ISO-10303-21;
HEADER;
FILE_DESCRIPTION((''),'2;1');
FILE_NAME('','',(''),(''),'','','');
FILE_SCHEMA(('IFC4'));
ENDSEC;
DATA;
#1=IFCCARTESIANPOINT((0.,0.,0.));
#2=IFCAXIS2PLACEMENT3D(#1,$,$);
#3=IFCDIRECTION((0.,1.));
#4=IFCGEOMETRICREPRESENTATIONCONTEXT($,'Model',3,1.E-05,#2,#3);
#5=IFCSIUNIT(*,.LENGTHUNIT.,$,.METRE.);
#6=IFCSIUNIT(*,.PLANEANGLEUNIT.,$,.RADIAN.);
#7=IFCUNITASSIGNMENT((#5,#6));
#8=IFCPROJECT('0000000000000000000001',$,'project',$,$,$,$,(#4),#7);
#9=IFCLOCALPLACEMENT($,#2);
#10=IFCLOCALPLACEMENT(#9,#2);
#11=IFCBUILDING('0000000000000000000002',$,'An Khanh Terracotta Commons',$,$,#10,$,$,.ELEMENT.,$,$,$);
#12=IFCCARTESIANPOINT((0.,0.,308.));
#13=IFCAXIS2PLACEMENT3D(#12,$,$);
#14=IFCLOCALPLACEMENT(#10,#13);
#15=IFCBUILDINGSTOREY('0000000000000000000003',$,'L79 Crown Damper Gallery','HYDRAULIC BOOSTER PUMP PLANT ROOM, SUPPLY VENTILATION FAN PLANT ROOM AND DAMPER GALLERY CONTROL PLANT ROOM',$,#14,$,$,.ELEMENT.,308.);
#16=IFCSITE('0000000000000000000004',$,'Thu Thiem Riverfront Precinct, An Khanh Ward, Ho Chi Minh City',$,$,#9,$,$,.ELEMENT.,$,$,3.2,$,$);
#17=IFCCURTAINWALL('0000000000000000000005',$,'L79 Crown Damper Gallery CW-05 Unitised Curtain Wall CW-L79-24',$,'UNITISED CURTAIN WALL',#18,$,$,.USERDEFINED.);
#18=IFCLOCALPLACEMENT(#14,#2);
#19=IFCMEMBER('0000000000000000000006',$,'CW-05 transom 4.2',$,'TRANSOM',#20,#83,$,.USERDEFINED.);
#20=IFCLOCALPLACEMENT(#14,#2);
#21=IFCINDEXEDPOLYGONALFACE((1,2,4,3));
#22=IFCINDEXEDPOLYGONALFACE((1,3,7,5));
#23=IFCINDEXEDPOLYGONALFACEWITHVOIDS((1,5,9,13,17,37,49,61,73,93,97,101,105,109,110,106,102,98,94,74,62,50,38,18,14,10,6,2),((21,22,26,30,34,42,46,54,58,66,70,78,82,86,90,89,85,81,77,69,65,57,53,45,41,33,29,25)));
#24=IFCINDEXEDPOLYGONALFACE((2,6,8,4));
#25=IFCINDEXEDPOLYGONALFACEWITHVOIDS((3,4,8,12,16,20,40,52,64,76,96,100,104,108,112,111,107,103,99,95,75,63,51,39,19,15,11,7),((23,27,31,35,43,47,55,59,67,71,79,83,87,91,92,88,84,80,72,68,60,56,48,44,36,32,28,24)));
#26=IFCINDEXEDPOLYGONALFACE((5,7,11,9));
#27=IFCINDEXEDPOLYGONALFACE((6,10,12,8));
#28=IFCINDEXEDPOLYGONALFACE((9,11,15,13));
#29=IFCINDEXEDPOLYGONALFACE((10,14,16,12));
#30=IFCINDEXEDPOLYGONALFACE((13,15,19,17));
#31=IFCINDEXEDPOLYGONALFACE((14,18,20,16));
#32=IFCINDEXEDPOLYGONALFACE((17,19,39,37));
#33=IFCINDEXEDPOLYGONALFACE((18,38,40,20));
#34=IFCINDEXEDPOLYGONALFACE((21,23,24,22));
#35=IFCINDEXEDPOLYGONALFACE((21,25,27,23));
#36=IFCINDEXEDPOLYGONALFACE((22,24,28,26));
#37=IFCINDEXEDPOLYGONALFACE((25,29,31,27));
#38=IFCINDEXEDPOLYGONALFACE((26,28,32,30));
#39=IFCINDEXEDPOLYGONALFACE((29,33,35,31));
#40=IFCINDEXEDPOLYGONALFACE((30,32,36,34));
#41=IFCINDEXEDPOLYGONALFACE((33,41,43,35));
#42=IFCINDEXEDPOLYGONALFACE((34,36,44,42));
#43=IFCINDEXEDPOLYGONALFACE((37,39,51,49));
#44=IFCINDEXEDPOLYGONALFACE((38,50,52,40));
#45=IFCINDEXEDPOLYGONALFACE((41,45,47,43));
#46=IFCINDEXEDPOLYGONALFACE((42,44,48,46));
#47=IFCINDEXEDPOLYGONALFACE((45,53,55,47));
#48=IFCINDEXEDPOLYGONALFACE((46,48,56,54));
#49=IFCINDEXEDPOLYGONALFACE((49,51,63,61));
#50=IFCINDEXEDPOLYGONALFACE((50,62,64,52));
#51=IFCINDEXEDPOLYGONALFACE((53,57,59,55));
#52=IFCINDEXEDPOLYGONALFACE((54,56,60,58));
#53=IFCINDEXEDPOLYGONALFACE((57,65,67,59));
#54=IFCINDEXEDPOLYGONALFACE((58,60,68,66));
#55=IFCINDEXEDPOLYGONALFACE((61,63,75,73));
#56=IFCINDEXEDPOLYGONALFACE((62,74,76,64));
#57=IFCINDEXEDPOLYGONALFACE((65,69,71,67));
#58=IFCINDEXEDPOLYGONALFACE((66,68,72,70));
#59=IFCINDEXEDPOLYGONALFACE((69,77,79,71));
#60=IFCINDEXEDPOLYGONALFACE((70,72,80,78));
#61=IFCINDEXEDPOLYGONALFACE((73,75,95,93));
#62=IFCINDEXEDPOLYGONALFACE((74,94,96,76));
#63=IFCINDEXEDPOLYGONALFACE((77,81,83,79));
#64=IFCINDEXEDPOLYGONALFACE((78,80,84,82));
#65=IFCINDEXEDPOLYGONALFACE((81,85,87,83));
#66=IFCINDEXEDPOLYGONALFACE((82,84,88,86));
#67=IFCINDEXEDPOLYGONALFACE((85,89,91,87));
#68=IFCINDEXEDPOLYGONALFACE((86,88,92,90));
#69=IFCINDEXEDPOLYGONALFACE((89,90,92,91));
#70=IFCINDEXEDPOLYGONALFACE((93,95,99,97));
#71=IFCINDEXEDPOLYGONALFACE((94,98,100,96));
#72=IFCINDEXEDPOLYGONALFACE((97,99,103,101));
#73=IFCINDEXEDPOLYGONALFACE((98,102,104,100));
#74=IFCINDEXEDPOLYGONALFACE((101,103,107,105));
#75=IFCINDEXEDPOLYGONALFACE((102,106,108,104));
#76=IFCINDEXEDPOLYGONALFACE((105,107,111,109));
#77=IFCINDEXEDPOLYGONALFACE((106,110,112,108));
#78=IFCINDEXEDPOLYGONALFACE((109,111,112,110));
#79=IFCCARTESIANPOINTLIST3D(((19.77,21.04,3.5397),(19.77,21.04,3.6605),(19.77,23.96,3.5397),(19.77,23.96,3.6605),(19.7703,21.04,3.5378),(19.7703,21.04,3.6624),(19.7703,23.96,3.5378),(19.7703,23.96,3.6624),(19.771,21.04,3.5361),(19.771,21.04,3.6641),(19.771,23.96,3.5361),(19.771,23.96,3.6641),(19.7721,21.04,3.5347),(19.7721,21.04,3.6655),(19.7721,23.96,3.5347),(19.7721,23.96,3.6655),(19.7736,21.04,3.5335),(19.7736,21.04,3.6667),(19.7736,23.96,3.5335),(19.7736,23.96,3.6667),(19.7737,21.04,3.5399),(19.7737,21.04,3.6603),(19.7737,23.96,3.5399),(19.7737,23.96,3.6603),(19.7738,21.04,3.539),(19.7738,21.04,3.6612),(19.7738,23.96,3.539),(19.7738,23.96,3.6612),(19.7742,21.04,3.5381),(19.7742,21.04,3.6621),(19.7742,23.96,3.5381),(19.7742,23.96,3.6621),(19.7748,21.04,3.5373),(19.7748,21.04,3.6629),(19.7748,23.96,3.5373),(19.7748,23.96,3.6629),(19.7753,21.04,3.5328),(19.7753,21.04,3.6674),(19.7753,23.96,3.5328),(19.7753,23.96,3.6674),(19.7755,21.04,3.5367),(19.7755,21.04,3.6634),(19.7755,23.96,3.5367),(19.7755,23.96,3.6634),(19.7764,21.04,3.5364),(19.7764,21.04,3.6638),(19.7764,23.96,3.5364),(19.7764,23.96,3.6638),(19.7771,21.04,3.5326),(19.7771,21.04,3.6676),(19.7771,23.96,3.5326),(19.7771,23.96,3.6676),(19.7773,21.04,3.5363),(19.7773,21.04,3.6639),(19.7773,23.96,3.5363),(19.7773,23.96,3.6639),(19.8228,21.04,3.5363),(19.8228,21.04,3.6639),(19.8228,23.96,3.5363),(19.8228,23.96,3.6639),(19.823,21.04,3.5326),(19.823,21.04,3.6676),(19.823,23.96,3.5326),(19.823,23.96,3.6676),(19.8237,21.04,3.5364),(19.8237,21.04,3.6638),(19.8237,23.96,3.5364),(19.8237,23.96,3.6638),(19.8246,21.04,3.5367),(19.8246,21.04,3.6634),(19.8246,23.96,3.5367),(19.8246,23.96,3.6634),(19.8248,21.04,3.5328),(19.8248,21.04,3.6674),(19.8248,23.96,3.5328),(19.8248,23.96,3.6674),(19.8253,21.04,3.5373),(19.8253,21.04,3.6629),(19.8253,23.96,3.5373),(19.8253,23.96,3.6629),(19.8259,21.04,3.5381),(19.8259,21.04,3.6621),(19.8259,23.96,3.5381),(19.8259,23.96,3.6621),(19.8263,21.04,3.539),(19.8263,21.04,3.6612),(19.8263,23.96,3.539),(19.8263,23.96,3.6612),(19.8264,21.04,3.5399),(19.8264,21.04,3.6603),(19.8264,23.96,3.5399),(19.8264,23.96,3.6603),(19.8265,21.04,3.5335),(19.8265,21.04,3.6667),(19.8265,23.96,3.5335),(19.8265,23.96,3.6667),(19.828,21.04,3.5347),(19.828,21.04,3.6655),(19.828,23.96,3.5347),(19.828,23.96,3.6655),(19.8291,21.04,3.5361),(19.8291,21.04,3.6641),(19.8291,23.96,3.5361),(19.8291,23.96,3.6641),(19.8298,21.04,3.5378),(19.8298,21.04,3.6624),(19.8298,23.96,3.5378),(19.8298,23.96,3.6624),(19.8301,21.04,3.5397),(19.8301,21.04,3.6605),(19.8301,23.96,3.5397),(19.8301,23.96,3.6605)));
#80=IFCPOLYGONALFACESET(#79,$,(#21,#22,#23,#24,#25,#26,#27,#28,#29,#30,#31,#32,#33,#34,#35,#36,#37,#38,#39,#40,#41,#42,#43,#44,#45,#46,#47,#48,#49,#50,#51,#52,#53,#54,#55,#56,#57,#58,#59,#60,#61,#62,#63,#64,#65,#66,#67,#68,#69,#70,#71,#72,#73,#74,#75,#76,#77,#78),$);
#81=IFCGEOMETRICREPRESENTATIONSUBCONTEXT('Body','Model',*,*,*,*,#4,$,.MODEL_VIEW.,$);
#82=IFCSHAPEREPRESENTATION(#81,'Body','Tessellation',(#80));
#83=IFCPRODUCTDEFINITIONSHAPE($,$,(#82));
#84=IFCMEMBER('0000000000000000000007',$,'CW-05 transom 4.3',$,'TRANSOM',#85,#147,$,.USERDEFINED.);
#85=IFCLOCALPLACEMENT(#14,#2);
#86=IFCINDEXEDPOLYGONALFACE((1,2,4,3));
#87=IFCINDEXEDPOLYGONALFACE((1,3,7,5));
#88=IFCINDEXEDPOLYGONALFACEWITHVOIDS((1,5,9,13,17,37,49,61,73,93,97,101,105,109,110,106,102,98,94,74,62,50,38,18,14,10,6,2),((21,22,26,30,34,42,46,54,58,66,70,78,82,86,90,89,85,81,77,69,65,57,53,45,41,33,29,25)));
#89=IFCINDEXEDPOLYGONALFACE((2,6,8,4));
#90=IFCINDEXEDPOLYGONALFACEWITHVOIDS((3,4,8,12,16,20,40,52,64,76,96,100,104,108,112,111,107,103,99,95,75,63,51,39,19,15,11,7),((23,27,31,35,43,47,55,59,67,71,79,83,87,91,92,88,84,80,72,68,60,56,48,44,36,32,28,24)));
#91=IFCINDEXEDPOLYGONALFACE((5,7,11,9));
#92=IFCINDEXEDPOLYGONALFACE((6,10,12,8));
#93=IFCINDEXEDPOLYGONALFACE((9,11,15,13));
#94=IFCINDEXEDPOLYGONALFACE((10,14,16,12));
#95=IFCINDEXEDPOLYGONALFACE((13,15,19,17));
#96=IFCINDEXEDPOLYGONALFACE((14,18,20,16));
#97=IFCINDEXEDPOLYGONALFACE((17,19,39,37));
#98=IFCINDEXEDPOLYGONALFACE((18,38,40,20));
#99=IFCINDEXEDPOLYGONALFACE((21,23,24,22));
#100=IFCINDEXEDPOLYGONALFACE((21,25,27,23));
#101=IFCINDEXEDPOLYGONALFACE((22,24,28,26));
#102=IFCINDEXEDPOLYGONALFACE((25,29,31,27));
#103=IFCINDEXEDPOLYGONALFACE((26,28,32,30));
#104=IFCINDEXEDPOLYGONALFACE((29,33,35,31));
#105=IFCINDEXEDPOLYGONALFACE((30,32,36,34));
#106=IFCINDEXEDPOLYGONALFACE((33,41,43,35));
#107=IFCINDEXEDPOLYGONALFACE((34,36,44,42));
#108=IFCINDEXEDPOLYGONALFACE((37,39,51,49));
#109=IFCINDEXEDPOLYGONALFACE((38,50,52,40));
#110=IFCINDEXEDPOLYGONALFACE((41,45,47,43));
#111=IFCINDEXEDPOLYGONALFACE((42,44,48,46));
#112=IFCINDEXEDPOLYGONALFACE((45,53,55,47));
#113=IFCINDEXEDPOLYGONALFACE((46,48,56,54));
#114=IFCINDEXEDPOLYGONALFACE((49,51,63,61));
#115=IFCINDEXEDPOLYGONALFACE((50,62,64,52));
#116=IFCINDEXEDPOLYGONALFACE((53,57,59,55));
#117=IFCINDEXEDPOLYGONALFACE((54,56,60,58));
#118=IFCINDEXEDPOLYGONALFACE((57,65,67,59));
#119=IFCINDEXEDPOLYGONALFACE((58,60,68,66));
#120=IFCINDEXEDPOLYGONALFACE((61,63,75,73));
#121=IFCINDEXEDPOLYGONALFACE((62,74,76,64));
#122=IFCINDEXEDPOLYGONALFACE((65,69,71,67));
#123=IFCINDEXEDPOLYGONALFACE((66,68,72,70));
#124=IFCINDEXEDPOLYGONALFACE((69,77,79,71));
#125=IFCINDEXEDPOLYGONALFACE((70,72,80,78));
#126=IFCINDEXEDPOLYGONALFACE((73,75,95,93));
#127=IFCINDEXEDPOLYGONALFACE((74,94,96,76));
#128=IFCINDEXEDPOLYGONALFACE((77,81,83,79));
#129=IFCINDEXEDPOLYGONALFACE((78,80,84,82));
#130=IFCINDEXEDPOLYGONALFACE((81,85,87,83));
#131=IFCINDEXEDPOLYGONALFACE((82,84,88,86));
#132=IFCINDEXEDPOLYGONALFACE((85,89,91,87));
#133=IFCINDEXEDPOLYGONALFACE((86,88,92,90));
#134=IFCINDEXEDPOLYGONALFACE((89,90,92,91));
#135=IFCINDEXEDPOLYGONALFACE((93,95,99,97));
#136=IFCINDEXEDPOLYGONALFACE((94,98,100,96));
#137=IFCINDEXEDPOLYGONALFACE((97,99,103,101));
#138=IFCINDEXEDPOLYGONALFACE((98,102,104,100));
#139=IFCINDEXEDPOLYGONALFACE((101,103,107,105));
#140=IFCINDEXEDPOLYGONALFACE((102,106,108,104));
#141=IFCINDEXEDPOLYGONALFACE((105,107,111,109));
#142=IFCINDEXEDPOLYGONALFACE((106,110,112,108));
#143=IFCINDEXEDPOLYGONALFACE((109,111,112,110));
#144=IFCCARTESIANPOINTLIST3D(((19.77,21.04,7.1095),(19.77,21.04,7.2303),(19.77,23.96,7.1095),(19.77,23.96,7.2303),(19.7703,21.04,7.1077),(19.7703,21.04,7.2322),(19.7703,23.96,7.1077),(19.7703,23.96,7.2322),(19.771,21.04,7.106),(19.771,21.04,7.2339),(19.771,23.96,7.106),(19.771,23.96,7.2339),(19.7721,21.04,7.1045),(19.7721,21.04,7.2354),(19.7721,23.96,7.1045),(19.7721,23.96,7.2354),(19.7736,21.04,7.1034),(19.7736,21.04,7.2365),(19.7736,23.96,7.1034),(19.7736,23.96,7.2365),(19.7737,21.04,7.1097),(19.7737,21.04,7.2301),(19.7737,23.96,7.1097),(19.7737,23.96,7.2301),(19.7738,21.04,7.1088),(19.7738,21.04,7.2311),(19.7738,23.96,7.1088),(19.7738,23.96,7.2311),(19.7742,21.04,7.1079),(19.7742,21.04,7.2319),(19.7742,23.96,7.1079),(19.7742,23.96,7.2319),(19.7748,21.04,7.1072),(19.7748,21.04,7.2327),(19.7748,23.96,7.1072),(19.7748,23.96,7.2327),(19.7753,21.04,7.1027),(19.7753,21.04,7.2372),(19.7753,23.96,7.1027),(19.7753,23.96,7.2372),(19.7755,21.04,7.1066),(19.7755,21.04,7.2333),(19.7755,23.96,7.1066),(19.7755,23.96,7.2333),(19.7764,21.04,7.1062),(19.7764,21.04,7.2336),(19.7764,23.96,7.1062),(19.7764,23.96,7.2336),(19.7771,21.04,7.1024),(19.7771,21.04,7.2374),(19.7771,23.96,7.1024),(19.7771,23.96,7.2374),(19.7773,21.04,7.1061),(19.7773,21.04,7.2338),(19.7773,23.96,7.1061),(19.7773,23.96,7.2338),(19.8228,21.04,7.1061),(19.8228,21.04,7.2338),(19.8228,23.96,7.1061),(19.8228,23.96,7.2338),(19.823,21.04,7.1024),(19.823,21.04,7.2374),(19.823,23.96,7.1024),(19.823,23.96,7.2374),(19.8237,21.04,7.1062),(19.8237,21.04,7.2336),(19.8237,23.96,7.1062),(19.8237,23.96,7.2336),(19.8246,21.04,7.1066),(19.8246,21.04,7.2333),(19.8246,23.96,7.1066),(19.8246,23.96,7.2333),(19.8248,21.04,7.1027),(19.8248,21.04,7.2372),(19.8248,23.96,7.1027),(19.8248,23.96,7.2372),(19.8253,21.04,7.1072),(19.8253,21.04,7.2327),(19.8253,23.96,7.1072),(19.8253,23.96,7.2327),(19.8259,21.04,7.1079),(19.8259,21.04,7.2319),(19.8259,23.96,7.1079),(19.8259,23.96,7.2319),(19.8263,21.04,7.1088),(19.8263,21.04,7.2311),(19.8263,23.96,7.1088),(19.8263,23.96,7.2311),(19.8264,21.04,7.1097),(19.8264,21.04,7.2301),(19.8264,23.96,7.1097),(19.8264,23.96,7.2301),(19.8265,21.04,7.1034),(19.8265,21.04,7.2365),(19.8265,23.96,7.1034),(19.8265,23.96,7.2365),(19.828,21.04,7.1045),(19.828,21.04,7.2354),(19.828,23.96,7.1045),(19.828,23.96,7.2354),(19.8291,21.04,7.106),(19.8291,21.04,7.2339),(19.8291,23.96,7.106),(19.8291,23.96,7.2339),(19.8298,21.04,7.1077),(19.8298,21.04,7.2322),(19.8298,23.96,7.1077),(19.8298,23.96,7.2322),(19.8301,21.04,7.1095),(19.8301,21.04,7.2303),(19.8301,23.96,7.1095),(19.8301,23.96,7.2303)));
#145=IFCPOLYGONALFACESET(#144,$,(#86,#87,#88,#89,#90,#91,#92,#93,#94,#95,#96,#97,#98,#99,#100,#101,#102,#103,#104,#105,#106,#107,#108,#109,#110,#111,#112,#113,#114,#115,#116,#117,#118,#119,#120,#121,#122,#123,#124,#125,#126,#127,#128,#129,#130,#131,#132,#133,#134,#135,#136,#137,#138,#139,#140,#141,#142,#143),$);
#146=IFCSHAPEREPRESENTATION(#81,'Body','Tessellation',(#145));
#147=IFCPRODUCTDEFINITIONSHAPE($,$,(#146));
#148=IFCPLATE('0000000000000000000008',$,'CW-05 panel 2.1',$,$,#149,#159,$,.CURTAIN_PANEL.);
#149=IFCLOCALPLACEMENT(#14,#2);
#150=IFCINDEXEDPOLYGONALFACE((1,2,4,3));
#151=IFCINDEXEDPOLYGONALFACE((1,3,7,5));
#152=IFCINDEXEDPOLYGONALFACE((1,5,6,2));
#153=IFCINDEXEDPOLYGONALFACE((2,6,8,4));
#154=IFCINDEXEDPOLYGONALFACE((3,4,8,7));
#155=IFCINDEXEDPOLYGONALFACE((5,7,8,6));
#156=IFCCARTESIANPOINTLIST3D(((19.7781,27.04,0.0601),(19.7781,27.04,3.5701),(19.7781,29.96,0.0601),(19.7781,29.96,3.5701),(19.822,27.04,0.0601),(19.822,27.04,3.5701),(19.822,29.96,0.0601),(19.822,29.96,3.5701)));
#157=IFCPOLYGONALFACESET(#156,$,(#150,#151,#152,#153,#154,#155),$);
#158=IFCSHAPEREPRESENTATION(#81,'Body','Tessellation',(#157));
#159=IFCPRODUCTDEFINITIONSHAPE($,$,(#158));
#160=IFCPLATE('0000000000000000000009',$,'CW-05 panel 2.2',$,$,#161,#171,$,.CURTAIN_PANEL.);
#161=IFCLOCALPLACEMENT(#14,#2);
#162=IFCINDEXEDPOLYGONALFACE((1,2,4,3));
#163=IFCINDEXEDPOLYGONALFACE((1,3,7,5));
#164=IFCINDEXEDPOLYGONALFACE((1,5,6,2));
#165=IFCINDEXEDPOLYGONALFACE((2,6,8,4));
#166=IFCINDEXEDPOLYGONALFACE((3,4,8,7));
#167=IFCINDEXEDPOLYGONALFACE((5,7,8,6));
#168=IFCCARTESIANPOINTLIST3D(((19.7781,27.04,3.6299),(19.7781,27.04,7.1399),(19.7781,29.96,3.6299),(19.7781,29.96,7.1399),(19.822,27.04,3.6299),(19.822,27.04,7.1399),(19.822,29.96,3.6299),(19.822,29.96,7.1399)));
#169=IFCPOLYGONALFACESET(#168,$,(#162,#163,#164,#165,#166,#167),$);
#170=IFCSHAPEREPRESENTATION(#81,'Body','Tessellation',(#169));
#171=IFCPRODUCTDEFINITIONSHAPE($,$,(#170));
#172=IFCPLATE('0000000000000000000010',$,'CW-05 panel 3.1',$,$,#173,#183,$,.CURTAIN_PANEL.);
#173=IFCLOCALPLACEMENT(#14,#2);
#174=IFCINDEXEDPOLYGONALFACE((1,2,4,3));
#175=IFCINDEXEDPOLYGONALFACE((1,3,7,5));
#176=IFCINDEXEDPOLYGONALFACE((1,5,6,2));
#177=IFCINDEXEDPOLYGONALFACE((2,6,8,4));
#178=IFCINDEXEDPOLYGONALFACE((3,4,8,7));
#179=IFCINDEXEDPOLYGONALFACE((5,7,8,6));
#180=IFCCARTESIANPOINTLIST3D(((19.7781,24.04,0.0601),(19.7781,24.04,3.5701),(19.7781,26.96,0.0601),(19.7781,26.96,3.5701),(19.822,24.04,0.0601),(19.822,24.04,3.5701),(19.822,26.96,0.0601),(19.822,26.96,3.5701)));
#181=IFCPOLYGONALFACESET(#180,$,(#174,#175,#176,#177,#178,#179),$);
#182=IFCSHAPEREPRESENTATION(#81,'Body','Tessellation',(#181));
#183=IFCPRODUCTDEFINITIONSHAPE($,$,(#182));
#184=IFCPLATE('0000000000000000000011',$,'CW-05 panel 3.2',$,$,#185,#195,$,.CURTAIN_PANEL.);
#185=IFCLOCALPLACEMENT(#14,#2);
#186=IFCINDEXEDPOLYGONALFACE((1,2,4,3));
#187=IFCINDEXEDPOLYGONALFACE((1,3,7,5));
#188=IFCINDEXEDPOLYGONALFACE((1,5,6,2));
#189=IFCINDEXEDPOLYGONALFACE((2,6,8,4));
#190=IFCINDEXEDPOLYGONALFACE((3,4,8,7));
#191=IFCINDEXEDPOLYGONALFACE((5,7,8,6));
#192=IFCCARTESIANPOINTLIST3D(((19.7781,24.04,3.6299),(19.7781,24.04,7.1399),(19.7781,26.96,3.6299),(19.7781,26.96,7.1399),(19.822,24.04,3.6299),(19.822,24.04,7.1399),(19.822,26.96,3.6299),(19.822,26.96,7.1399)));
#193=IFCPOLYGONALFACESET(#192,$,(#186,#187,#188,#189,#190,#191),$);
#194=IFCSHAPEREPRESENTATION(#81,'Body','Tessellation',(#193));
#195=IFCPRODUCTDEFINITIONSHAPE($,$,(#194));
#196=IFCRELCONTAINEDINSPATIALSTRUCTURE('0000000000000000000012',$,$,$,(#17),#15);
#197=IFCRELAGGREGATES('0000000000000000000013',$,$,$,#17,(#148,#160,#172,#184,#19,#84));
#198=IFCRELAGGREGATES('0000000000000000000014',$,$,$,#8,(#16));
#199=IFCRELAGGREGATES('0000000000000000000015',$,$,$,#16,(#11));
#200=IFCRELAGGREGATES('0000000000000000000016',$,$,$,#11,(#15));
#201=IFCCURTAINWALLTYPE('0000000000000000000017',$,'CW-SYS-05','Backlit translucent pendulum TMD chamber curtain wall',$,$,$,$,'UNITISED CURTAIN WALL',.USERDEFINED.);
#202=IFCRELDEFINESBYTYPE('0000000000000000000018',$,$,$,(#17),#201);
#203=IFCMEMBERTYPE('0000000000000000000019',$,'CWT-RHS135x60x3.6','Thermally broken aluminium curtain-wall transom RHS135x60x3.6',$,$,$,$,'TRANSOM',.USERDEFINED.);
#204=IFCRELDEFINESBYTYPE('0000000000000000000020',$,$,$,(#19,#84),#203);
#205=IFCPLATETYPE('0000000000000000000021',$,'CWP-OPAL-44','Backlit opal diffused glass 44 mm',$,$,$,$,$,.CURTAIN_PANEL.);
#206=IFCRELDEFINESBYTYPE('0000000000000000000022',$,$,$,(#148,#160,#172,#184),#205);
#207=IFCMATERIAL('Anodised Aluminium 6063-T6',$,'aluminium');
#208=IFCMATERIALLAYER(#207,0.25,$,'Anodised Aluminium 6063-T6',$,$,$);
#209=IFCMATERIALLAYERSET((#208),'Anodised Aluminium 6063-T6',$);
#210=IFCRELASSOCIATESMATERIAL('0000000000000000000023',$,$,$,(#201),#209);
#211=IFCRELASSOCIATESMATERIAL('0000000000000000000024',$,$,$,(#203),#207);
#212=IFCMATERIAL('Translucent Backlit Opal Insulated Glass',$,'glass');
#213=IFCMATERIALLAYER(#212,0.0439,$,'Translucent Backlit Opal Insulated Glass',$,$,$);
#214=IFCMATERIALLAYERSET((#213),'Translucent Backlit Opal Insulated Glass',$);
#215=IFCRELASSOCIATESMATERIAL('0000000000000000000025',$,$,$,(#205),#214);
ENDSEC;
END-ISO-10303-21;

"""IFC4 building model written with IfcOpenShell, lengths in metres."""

from ifc_helpers import new_model, si_unit, direction, frame, origin, origin_2d, place, context, subcontext, project, spatial, rectangle, hollow_rectangle, extrude, material, layer, layer_set, material_profile, profile_set, type_object, element, aggregate, save


model = new_model("IFC4")

# Units and contexts
model_context = context("Model", 3, precision=1e-05, world=origin(), true_north=direction((0.0, 1.0)))
body_context = subcontext(model_context, "Body", "Model", "MODEL_VIEW")
ifc_project = project(units=[si_unit("LENGTHUNIT", "METRE"), si_unit("PLANEANGLEUNIT", "RADIAN")], contexts=[model_context])

# Site, building, storey
site_placement = place(None, origin())
site = spatial("IfcSite", under=ifc_project, at=site_placement, Name="Thu Thiem Riverfront Precinct, An Khanh Ward, Ho Chi Minh City", CompositionType="ELEMENT", RefElevation=3.2)
building_placement = place(site_placement, origin())
building = spatial("IfcBuilding", under=site, at=building_placement, Name="An Khanh Terracotta Commons", CompositionType="ELEMENT")
storey_placement = place(building_placement, frame((0.0, 0.0, 308.0)))
storey = spatial("IfcBuildingStorey", under=building, at=storey_placement, Name="L79 Crown Damper Gallery", Description="HYDRAULIC BOOSTER PUMP PLANT ROOM, SUPPLY VENTILATION FAN PLANT ROOM AND DAMPER GALLERY CONTROL PLANT ROOM", CompositionType="ELEMENT", Elevation=308.0)

# Curtain wall, members, plates
ifc_material_1 = material(Name="Anodised Aluminium 6063-T6", Category="aluminium")
ifc_layer_1 = layer(ifc_material_1, 0.25, Name="Anodised Aluminium 6063-T6")
ifc_layer_set_1 = layer_set([ifc_layer_1], Name="Anodised Aluminium 6063-T6")
curtain_wall_type = type_object("IfcCurtainWallType", Name="CW-SYS-05", Description="Backlit translucent pendulum TMD chamber curtain wall", ElementType="UNITISED CURTAIN WALL", PredefinedType="USERDEFINED", material=ifc_layer_set_1)
curtain_wall_placement = place(storey_placement, origin())
curtain_wall = element("IfcCurtainWall", 1, at=curtain_wall_placement, inside=storey, type_object=curtain_wall_type, Name="L79 Crown Damper Gallery CW-05 Unitised Curtain Wall CW-L79-24", ObjectType="UNITISED CURTAIN WALL", PredefinedType="USERDEFINED")
ifc_material_profile_1 = material_profile(ifc_material_1, hollow_rectangle(XDim=0.0601, YDim=0.135, WallThickness=0.0037, InnerFilletRadius=0.0037, OuterFilletRadius=0.0071, at=origin_2d()), Name="RHS135x60x3.6")
ifc_profile_set_1 = profile_set([ifc_material_profile_1], Name="Anodised Aluminium 6063-T6")
member_type_1 = type_object("IfcMemberType", Name="CWT-RHS135x60x3.6", Description="Thermally broken aluminium curtain-wall transom RHS135x60x3.6", ElementType="TRANSOM", PredefinedType="USERDEFINED", material=ifc_profile_set_1)
member_1_placement = place(storey_placement, frame((19.8, 23.96, 3.6001), z_axis=(0.0, -1.0, 0.0), x_axis=(1.0, 0.0, 0.0)))
member_1 = element("IfcMember", 2, at=member_1_placement, type_object=member_type_1, Name="CW-05 transom 4.2", ObjectType="TRANSOM", PredefinedType="USERDEFINED", context=body_context, shape_type="SweptSolid", body=[
    extrude(hollow_rectangle(XDim=0.0601, YDim=0.135, WallThickness=0.0037, InnerFilletRadius=0.0037, OuterFilletRadius=0.0071, at=origin_2d()), origin(), (0.0, 0.0, 1.0), 2.9199),
])
member_2_placement = place(storey_placement, frame((19.8, 23.96, 7.1699), z_axis=(0.0, -1.0, 0.0), x_axis=(1.0, 0.0, 0.0)))
member_2 = element("IfcMember", 3, at=member_2_placement, type_object=member_type_1, Name="CW-05 transom 4.3", ObjectType="TRANSOM", PredefinedType="USERDEFINED", context=body_context, shape_type="SweptSolid", body=[
    extrude(hollow_rectangle(XDim=0.0601, YDim=0.135, WallThickness=0.0037, InnerFilletRadius=0.0037, OuterFilletRadius=0.0071, at=origin_2d()), origin(), (0.0, 0.0, 1.0), 2.9199),
])
ifc_material_2 = material(Name="Translucent Backlit Opal Insulated Glass", Category="glass")
ifc_layer_2 = layer(ifc_material_2, 0.0439, Name="Translucent Backlit Opal Insulated Glass")
ifc_layer_set_2 = layer_set([ifc_layer_2], Name="Translucent Backlit Opal Insulated Glass")
plate_type = type_object("IfcPlateType", Name="CWP-OPAL-44", Description="Backlit opal diffused glass 44 mm", PredefinedType="CURTAIN_PANEL", material=ifc_layer_set_2)
plate_1_placement = place(storey_placement, frame((19.8, 28.5, 0.0601), z_axis=(0.0, 0.0, 1.0), x_axis=(0.0, -1.0, 0.0)))
plate_1 = element("IfcPlate", 4, at=plate_1_placement, type_object=plate_type, Name="CW-05 panel 2.1", PredefinedType="CURTAIN_PANEL", context=body_context, shape_type="SweptSolid", body=[
    extrude(rectangle(XDim=2.9199, YDim=0.0439, at=origin_2d()), origin(), (0.0, 0.0, 1.0), 3.51),
])
plate_2_placement = place(storey_placement, frame((19.8, 28.5, 3.6299), z_axis=(0.0, 0.0, 1.0), x_axis=(0.0, -1.0, 0.0)))
plate_2 = element("IfcPlate", 5, at=plate_2_placement, type_object=plate_type, Name="CW-05 panel 2.2", PredefinedType="CURTAIN_PANEL", context=body_context, shape_type="SweptSolid", body=[
    extrude(rectangle(XDim=2.9199, YDim=0.0439, at=origin_2d()), origin(), (0.0, 0.0, 1.0), 3.51),
])
plate_3_placement = place(storey_placement, frame((19.8, 25.5, 0.0601), z_axis=(0.0, 0.0, 1.0), x_axis=(0.0, -1.0, 0.0)))
plate_3 = element("IfcPlate", 6, at=plate_3_placement, type_object=plate_type, Name="CW-05 panel 3.1", PredefinedType="CURTAIN_PANEL", context=body_context, shape_type="SweptSolid", body=[
    extrude(rectangle(XDim=2.9199, YDim=0.0439, at=origin_2d()), origin(), (0.0, 0.0, 1.0), 3.51),
])
plate_4_placement = place(storey_placement, frame((19.8, 25.5, 3.6299), z_axis=(0.0, 0.0, 1.0), x_axis=(0.0, -1.0, 0.0)))
plate_4 = element("IfcPlate", 7, at=plate_4_placement, type_object=plate_type, Name="CW-05 panel 3.2", PredefinedType="CURTAIN_PANEL", context=body_context, shape_type="SweptSolid", body=[
    extrude(rectangle(XDim=2.9199, YDim=0.0439, at=origin_2d()), origin(), (0.0, 0.0, 1.0), 3.51),
])
aggregate(curtain_wall, [plate_1, plate_2, plate_3, plate_4, member_1, member_2])

save(model, "model.ifc")
